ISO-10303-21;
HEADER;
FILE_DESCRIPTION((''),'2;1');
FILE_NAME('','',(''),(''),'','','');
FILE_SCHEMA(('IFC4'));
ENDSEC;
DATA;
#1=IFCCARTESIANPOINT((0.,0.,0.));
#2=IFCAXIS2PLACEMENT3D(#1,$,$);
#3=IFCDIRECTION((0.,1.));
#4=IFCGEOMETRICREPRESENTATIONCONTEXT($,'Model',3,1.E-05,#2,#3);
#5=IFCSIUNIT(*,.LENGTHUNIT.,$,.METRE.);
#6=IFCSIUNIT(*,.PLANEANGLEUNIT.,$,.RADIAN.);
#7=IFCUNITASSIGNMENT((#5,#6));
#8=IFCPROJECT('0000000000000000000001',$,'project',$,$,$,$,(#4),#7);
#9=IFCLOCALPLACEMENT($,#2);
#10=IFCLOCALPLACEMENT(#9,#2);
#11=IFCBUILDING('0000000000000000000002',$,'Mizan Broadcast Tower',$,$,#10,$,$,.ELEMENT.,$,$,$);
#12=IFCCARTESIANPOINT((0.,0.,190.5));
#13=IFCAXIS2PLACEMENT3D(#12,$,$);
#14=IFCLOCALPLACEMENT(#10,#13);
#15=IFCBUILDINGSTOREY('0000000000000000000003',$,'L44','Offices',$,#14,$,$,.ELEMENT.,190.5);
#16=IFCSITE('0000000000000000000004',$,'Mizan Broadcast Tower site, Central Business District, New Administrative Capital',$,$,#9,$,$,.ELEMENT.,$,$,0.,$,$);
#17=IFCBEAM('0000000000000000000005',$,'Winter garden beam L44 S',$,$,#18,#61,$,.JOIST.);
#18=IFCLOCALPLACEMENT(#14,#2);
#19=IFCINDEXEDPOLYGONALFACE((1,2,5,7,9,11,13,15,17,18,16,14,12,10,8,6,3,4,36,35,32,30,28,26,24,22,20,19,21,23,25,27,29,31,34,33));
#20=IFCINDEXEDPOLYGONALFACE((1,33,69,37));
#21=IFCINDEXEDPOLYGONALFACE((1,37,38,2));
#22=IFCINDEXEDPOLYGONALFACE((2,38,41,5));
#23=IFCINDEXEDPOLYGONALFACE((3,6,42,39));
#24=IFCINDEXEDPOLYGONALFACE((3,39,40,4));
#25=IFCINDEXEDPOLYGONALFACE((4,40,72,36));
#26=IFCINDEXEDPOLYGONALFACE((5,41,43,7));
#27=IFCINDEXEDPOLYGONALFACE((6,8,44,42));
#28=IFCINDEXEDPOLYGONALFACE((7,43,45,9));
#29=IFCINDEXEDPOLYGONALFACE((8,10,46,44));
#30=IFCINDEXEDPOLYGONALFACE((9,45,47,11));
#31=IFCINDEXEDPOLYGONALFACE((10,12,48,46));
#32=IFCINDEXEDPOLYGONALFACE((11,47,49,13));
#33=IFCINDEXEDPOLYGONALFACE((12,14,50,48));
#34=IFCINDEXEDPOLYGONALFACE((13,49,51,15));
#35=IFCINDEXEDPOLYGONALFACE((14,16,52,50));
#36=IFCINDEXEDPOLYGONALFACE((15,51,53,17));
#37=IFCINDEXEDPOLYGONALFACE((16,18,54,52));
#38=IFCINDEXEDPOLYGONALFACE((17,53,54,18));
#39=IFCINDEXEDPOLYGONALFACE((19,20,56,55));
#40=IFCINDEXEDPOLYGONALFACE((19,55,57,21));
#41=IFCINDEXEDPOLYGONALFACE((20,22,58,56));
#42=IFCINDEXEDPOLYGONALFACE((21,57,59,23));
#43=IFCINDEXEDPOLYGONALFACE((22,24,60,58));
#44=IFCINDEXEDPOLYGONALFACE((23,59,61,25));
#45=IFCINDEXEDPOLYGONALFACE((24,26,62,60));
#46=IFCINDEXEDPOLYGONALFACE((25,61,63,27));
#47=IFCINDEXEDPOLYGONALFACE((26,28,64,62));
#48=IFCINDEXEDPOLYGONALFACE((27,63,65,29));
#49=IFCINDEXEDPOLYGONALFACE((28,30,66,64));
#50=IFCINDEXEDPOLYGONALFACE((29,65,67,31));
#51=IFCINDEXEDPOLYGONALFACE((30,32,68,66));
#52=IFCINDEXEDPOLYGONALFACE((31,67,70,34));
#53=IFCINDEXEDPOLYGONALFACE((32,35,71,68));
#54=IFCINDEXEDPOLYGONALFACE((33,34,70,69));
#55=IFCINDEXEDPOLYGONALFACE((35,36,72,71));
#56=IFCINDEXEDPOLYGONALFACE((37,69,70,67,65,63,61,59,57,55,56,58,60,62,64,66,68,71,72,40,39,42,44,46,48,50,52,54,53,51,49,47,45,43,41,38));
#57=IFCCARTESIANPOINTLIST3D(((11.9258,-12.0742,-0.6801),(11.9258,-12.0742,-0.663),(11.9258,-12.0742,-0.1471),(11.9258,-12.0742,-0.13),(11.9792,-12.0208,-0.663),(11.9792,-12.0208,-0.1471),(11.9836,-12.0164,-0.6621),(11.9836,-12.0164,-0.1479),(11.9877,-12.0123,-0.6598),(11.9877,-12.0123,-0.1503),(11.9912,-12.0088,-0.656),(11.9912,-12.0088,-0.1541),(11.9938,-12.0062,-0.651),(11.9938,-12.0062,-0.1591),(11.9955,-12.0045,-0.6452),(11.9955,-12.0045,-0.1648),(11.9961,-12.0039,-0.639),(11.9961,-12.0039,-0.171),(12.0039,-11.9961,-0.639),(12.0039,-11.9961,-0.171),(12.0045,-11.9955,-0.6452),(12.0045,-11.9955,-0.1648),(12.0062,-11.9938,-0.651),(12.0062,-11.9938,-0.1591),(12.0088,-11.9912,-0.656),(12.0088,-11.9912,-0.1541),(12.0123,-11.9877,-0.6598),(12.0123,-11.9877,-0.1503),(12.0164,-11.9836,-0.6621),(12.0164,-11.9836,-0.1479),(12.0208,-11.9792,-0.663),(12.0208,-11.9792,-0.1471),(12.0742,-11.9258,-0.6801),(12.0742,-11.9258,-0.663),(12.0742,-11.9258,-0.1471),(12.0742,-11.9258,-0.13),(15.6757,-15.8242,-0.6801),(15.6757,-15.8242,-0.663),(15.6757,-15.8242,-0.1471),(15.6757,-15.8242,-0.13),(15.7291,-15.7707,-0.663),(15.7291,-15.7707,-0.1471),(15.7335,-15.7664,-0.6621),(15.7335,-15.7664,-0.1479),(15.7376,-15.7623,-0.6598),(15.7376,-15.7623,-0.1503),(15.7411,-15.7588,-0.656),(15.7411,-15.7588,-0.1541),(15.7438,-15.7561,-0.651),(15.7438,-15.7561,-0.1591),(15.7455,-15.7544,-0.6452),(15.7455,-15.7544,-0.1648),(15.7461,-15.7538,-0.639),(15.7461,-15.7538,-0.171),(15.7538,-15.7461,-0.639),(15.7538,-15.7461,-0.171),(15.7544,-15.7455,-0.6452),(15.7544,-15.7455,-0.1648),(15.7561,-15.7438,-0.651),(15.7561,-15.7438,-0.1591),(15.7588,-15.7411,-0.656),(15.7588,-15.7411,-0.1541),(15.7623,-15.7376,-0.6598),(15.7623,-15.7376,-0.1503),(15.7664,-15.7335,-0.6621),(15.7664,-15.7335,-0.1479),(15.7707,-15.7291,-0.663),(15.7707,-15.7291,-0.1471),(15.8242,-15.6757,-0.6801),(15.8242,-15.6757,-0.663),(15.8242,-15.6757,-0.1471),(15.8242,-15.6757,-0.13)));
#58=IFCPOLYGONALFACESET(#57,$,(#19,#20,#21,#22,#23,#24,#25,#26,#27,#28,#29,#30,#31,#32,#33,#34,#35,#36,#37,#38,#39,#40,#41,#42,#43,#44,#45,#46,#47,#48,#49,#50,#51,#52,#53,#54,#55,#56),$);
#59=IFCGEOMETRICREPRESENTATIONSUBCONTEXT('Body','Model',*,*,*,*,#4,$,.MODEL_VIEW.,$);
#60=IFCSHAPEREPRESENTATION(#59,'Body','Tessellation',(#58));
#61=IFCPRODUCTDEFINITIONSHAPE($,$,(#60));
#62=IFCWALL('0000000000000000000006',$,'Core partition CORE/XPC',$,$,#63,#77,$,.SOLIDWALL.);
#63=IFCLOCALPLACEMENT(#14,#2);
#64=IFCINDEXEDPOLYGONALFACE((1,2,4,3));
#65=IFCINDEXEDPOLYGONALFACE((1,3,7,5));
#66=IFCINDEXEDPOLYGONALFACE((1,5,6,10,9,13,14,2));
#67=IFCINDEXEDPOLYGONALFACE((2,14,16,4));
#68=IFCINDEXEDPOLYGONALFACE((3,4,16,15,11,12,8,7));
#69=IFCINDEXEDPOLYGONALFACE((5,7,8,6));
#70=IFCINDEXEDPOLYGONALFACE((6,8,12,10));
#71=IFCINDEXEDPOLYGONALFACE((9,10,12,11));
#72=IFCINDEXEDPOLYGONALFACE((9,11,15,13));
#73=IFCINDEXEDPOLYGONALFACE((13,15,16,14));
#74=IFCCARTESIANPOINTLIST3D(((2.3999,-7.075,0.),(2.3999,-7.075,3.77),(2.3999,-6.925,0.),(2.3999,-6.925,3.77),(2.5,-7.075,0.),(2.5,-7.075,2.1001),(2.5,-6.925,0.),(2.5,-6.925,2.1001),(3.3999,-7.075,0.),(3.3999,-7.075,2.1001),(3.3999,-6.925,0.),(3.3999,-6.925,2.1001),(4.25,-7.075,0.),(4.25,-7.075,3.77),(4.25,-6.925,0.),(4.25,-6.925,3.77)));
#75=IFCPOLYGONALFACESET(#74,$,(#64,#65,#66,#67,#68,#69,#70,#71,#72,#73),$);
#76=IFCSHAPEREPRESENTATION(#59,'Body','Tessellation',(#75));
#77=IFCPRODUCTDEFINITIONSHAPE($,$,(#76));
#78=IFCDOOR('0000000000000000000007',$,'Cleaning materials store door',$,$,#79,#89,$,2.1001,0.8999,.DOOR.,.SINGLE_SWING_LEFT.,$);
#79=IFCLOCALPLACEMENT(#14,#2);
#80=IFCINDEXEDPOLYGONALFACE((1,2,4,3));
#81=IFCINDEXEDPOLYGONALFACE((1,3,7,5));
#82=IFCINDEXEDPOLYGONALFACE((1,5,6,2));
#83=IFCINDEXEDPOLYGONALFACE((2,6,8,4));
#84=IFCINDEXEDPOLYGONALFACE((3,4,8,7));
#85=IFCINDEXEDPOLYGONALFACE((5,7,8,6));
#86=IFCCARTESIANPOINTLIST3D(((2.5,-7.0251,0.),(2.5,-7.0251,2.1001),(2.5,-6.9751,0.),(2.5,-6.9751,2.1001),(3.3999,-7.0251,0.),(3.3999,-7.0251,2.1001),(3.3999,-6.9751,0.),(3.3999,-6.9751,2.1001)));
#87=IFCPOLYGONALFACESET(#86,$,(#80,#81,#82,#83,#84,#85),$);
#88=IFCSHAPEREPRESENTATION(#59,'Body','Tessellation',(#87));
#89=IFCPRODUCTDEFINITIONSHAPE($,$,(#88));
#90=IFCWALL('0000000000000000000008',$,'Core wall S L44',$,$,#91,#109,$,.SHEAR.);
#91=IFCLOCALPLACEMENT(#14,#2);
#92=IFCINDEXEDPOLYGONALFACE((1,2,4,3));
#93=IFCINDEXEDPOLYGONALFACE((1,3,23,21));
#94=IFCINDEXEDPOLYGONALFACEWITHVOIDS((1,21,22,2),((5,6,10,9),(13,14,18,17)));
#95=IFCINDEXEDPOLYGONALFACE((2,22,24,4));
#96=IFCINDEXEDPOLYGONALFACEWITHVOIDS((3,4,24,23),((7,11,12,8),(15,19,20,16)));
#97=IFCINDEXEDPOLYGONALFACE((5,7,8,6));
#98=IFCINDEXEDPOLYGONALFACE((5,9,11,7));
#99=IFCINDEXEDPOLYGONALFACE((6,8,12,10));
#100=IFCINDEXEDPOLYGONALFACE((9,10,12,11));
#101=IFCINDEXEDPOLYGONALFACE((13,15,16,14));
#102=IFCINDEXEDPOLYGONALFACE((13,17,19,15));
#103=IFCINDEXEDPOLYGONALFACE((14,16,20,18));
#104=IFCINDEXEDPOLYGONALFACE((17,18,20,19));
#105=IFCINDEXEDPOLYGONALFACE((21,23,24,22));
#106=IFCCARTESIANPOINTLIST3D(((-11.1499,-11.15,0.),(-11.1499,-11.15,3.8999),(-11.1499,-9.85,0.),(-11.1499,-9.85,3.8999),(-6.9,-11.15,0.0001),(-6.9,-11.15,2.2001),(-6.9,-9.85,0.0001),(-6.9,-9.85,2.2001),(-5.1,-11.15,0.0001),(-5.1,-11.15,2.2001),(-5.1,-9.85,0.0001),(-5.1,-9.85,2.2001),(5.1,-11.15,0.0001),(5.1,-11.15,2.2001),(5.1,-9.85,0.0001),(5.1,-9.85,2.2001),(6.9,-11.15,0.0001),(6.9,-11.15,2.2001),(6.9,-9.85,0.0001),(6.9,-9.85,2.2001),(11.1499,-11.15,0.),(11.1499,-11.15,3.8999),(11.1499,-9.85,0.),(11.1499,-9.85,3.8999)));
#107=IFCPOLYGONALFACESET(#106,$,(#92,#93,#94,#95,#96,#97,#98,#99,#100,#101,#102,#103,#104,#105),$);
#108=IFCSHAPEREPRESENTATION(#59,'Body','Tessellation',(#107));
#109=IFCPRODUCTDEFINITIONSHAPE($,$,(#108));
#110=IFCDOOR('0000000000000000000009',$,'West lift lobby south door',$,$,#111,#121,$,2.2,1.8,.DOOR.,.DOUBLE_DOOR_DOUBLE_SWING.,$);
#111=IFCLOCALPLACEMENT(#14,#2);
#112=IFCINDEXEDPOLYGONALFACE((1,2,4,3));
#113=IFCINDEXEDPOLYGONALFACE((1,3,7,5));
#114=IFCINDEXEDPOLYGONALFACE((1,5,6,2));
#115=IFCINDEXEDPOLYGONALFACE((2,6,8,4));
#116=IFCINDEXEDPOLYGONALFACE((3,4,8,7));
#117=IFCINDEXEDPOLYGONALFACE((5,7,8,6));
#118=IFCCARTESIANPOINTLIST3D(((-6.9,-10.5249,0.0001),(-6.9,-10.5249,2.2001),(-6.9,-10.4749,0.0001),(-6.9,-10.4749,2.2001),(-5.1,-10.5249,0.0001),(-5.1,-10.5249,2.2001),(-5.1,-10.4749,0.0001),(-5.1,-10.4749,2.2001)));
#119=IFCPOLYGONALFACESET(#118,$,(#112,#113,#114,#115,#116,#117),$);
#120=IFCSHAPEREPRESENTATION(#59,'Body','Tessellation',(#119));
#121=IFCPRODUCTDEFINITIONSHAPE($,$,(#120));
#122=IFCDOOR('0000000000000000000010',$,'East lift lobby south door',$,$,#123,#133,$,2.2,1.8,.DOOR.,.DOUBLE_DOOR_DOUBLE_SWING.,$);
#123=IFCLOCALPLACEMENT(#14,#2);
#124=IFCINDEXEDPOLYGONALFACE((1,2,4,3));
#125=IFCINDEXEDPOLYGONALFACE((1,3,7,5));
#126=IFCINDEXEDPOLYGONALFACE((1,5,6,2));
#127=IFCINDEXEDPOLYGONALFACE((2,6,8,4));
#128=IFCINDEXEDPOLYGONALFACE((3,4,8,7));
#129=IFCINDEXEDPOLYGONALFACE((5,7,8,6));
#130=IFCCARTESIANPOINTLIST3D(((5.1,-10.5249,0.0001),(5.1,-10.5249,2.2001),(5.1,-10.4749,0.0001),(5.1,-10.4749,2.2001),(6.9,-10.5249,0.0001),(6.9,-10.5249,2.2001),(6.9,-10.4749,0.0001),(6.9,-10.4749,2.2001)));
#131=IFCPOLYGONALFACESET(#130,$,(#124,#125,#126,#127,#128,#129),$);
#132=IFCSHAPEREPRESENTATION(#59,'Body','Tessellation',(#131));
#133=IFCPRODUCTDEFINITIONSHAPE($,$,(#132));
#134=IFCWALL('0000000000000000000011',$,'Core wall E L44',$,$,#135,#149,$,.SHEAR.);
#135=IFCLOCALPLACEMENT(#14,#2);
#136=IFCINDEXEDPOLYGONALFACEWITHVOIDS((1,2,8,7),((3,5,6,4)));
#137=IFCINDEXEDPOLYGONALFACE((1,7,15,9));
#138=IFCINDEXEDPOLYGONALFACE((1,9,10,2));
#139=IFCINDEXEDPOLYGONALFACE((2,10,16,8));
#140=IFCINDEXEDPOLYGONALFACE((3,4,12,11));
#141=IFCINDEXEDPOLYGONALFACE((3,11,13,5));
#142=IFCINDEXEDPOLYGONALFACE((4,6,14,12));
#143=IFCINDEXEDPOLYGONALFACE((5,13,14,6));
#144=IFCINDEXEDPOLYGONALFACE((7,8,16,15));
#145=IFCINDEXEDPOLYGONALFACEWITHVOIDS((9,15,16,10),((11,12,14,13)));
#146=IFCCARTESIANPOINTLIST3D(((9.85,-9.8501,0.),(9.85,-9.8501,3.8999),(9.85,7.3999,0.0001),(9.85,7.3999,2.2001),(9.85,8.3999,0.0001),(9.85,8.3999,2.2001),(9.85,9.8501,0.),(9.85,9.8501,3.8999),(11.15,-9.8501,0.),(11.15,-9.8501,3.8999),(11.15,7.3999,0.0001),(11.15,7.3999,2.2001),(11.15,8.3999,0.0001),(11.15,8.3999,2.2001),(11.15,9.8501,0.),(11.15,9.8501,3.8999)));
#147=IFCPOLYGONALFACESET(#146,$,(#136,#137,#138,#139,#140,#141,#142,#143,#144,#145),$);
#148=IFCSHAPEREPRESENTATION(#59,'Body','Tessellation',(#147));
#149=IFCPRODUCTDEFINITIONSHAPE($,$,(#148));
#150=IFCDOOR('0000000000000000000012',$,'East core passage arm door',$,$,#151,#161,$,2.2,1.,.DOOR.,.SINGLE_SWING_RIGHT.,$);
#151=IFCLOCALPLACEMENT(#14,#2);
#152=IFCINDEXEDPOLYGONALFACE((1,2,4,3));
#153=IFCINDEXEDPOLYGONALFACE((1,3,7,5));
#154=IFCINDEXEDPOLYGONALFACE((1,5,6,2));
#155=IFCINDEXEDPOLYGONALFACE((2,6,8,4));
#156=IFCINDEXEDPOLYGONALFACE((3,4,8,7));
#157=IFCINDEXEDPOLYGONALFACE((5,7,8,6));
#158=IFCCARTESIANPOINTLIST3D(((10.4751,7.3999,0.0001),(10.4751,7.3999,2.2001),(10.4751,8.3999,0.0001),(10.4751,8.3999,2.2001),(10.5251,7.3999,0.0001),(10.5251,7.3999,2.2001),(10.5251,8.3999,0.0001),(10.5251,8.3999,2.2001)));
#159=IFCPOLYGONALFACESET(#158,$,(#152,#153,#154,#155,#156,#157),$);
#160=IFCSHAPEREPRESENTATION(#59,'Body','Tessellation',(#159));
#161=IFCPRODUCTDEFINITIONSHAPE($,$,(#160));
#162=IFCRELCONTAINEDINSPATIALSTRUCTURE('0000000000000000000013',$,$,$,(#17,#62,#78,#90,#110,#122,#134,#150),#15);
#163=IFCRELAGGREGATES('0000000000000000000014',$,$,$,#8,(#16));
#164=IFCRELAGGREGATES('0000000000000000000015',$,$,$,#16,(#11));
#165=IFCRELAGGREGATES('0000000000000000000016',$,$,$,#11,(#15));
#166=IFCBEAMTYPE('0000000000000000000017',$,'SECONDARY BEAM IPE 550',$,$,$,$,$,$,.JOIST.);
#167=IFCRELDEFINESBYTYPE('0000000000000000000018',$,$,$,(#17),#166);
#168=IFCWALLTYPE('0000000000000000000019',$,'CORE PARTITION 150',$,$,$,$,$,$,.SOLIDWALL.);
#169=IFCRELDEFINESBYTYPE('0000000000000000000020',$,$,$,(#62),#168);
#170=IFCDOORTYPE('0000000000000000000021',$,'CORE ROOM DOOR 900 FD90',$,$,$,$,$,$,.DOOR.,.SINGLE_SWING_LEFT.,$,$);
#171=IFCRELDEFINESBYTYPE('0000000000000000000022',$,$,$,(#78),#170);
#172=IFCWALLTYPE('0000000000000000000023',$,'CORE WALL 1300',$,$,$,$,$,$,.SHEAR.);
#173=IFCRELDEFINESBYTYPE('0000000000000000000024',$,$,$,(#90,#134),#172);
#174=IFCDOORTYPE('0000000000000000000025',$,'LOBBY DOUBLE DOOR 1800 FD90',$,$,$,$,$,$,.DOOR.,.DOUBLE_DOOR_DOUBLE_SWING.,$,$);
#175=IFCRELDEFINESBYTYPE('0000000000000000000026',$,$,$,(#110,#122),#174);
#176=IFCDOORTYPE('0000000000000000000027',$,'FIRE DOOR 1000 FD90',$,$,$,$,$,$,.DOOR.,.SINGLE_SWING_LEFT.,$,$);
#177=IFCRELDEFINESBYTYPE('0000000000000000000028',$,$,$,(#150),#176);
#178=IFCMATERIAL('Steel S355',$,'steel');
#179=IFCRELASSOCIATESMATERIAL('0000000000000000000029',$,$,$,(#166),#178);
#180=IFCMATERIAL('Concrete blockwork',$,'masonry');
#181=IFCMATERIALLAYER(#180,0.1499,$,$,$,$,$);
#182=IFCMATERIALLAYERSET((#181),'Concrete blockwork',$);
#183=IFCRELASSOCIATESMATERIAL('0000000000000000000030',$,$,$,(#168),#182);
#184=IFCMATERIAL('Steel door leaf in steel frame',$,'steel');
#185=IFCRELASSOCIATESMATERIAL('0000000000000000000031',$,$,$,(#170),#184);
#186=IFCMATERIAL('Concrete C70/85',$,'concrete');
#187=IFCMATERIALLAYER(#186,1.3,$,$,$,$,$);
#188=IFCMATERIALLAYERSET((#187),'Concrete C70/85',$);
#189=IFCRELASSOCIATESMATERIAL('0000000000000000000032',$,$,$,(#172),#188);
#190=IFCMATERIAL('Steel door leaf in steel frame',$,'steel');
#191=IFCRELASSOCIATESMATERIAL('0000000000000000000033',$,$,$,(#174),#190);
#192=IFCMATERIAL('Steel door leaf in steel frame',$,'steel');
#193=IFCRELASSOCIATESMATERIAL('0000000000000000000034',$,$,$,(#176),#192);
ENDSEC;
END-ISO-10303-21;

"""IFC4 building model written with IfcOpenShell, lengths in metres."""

from ifc_helpers import new_model, si_unit, direction, frame, frame_2d, origin, origin_2d, place, context, subcontext, project, spatial, rectangle, i_section, extrude, material, layer, layer_set, material_profile, profile_set, type_object, element, fill, save


model = new_model("IFC4")

# Units and contexts
model_context = context("Model", 3, precision=1e-05, world=origin(), true_north=direction((0.0, 1.0)))
body_context = subcontext(model_context, "Body", "Model", "MODEL_VIEW")
ifc_project = project(units=[si_unit("LENGTHUNIT", "METRE"), si_unit("PLANEANGLEUNIT", "RADIAN")], contexts=[model_context])

# Site, building, storey
site_placement = place(None, origin())
site = spatial("IfcSite", under=ifc_project, at=site_placement, Name="Mizan Broadcast Tower site, Central Business District, New Administrative Capital", CompositionType="ELEMENT", RefElevation=0.0)
building_placement = place(site_placement, origin())
building = spatial("IfcBuilding", under=site, at=building_placement, Name="Mizan Broadcast Tower", CompositionType="ELEMENT")
storey_placement = place(building_placement, frame((0.0, 0.0, 190.5)))
storey = spatial("IfcBuildingStorey", under=building, at=storey_placement, Name="L44", Description="Offices", CompositionType="ELEMENT", Elevation=190.5)

# Beam
ifc_material_1 = material(Name="Steel S355", Category="steel")
ifc_material_profile_1 = material_profile(ifc_material_1, i_section(OverallWidth=0.21, OverallDepth=0.55, WebThickness=0.011, FlangeThickness=0.0171, FilletRadius=0.0239, at=origin_2d()), Name="IPE 550")
ifc_profile_set_1 = profile_set([ifc_material_profile_1], Name="Steel S355")
beam_type_1 = type_object("IfcBeamType", Name="SECONDARY BEAM IPE 550", PredefinedType="JOIST", material=ifc_profile_set_1)
beam_placement = place(storey_placement, frame((12.0, -12.0, -0.405), z_axis=(0.707107, -0.707107, 0.0), x_axis=(0.707107, 0.707107, 0.0)))
element("IfcBeam", 1, at=beam_placement, inside=storey, type_object=beam_type_1, Name="Winter garden beam L44 S", PredefinedType="JOIST", context=body_context, shape_type="SweptSolid", body=[
    extrude(i_section(OverallWidth=0.21, OverallDepth=0.55, WebThickness=0.011, FlangeThickness=0.0171, FilletRadius=0.0239, at=origin_2d()), origin(), (0.0, 0.0, 1.0), 5.3032),
])

# Wall, opening, door
ifc_material_2 = material(Name="Concrete blockwork", Category="masonry")
ifc_layer_1 = layer(ifc_material_2, 0.1499)
ifc_layer_set_1 = layer_set([ifc_layer_1], Name="Concrete blockwork")
wall_type_1 = type_object("IfcWallType", Name="CORE PARTITION 150", PredefinedType="SOLIDWALL", material=ifc_layer_set_1)
wall_1_placement = place(storey_placement, frame((2.3999, -7.0, 0.0), z_axis=(0.0, 0.0, 1.0), x_axis=(1.0, 0.0, 0.0)))
wall_1 = element("IfcWall", 2, at=wall_1_placement, inside=storey, type_object=wall_type_1, Name="Core partition CORE/XPC", PredefinedType="SOLIDWALL", context=body_context, shape_type="SweptSolid", body=[
    extrude(rectangle(XDim=1.8501, YDim=0.1499, at=frame_2d((0.925, 0.0))), origin(), (0.0, 0.0, 1.0), 3.77),
])
opening_1_placement = place(wall_1_placement, frame((0.1001, 0.0, 0.0)))
opening_1 = element("IfcOpeningElement", 3, at=opening_1_placement, cuts=wall_1, PredefinedType="OPENING", context=body_context, shape_type="SweptSolid", body=[
    extrude(rectangle(XDim=0.8999, YDim=2.1001, at=frame_2d((0.45, 1.05))), frame((0.0, 0.085, 0.0), z_axis=(0.0, -1.0, 0.0), x_axis=(1.0, 0.0, 0.0)), (0.0, 0.0, 1.0), 0.1699),
])
ifc_material_3 = material(Name="Steel door leaf in steel frame", Category="steel")
door_type_1 = type_object("IfcDoorType", Name="CORE ROOM DOOR 900 FD90", OperationType="SINGLE_SWING_LEFT", PredefinedType="DOOR", material=ifc_material_3)
door_1_placement = place(opening_1_placement, origin())
door_1 = element("IfcDoor", 4, at=door_1_placement, inside=storey, type_object=door_type_1, Name="Cleaning materials store door", OperationType="SINGLE_SWING_LEFT", OverallHeight=2.1001, OverallWidth=0.8999, PredefinedType="DOOR", context=body_context, shape_type="SweptSolid", body=[
    extrude(rectangle(XDim=0.8999, YDim=2.1001, at=frame_2d((0.45, 1.05))), frame((0.0, 0.0249, 0.0), z_axis=(0.0, -1.0, 0.0), x_axis=(1.0, 0.0, 0.0)), (0.0, 0.0, 1.0), 0.05),
])
fill(opening_1, door_1)

# Wall, openings, doors
ifc_material_4 = material(Name="Concrete C70/85", Category="concrete")
ifc_layer_2 = layer(ifc_material_4, 1.3)
ifc_layer_set_2 = layer_set([ifc_layer_2], Name="Concrete C70/85")
wall_type_2 = type_object("IfcWallType", Name="CORE WALL 1300", PredefinedType="SHEAR", material=ifc_layer_set_2)
wall_2_placement = place(storey_placement, frame((11.1499, -10.5, 0.0), z_axis=(0.0, 0.0, 1.0), x_axis=(-1.0, 0.0, 0.0)))
wall_2 = element("IfcWall", 5, at=wall_2_placement, inside=storey, type_object=wall_type_2, Name="Core wall S L44", PredefinedType="SHEAR", context=body_context, shape_type="SweptSolid", body=[
    extrude(rectangle(XDim=22.2998, YDim=1.3, at=frame_2d((11.1499, 0.0))), origin(), (0.0, 0.0, 1.0), 3.8999),
])
opening_2_placement = place(wall_2_placement, frame((16.25, 0.0, 0.0)))
opening_2 = element("IfcOpeningElement", 6, at=opening_2_placement, cuts=wall_2, PredefinedType="OPENING", context=body_context, shape_type="SweptSolid", body=[
    extrude(rectangle(XDim=1.8, YDim=2.2, at=frame_2d((0.8999, 1.1001))), frame((0.0, 0.6599, 0.0), z_axis=(0.0, -1.0, 0.0), x_axis=(1.0, 0.0, 0.0)), (0.0, 0.0, 1.0), 1.3201),
])
opening_3_placement = place(wall_2_placement, frame((4.25, 0.0, 0.0)))
opening_3 = element("IfcOpeningElement", 7, at=opening_3_placement, cuts=wall_2, PredefinedType="OPENING", context=body_context, shape_type="SweptSolid", body=[
    extrude(rectangle(XDim=1.8, YDim=2.2, at=frame_2d((0.8999, 1.1001))), frame((0.0, 0.6599, 0.0), z_axis=(0.0, -1.0, 0.0), x_axis=(1.0, 0.0, 0.0)), (0.0, 0.0, 1.0), 1.3201),
])
ifc_material_5 = material(Name="Steel door leaf in steel frame", Category="steel")
door_type_2 = type_object("IfcDoorType", Name="LOBBY DOUBLE DOOR 1800 FD90", OperationType="DOUBLE_DOOR_DOUBLE_SWING", PredefinedType="DOOR", material=ifc_material_5)
door_2_placement = place(opening_2_placement, origin())
door_2 = element("IfcDoor", 8, at=door_2_placement, inside=storey, type_object=door_type_2, Name="West lift lobby south door", OperationType="DOUBLE_DOOR_DOUBLE_SWING", OverallHeight=2.2, OverallWidth=1.8, PredefinedType="DOOR", context=body_context, shape_type="SweptSolid", body=[
    extrude(rectangle(XDim=1.8, YDim=2.2, at=frame_2d((0.8999, 1.1001))), frame((0.0, 0.0249, 0.0), z_axis=(0.0, -1.0, 0.0), x_axis=(1.0, 0.0, 0.0)), (0.0, 0.0, 1.0), 0.05),
])
fill(opening_2, door_2)
door_3_placement = place(opening_3_placement, origin())
door_3 = element("IfcDoor", 9, at=door_3_placement, inside=storey, type_object=door_type_2, Name="East lift lobby south door", OperationType="DOUBLE_DOOR_DOUBLE_SWING", OverallHeight=2.2, OverallWidth=1.8, PredefinedType="DOOR", context=body_context, shape_type="SweptSolid", body=[
    extrude(rectangle(XDim=1.8, YDim=2.2, at=frame_2d((0.8999, 1.1001))), frame((0.0, 0.0249, 0.0), z_axis=(0.0, -1.0, 0.0), x_axis=(1.0, 0.0, 0.0)), (0.0, 0.0, 1.0), 0.05),
])
fill(opening_3, door_3)

# Wall, opening, door
wall_3_placement = place(storey_placement, frame((10.5, -9.8501, 0.0), z_axis=(0.0, 0.0, 1.0), x_axis=(0.0, 1.0, 0.0)))
wall_3 = element("IfcWall", 10, at=wall_3_placement, inside=storey, type_object=wall_type_2, Name="Core wall E L44", PredefinedType="SHEAR", context=body_context, shape_type="SweptSolid", body=[
    extrude(rectangle(XDim=19.7002, YDim=1.3, at=frame_2d((9.8501, 0.0))), origin(), (0.0, 0.0, 1.0), 3.8999),
])
opening_4_placement = place(wall_3_placement, frame((17.25, 0.0, 0.0)))
opening_4 = element("IfcOpeningElement", 11, at=opening_4_placement, cuts=wall_3, PredefinedType="OPENING", context=body_context, shape_type="SweptSolid", body=[
    extrude(rectangle(XDim=1.0, YDim=2.2, at=frame_2d((0.5, 1.1001))), frame((0.0, 0.6599, 0.0), z_axis=(0.0, -1.0, 0.0), x_axis=(1.0, 0.0, 0.0)), (0.0, 0.0, 1.0), 1.3201),
])
ifc_material_6 = material(Name="Steel door leaf in steel frame", Category="steel")
door_type_3 = type_object("IfcDoorType", Name="FIRE DOOR 1000 FD90", OperationType="SINGLE_SWING_LEFT", PredefinedType="DOOR", material=ifc_material_6)
door_4_placement = place(opening_4_placement, origin())
door_4 = element("IfcDoor", 12, at=door_4_placement, inside=storey, type_object=door_type_3, Name="East core passage arm door", OperationType="SINGLE_SWING_RIGHT", OverallHeight=2.2, OverallWidth=1.0, PredefinedType="DOOR", context=body_context, shape_type="SweptSolid", body=[
    extrude(rectangle(XDim=1.0, YDim=2.2, at=frame_2d((0.5, 1.1001))), frame((0.0, 0.0249, 0.0), z_axis=(0.0, -1.0, 0.0), x_axis=(1.0, 0.0, 0.0)), (0.0, 0.0, 1.0), 0.05),
])
fill(opening_4, door_4)

save(model, "model.ifc")
